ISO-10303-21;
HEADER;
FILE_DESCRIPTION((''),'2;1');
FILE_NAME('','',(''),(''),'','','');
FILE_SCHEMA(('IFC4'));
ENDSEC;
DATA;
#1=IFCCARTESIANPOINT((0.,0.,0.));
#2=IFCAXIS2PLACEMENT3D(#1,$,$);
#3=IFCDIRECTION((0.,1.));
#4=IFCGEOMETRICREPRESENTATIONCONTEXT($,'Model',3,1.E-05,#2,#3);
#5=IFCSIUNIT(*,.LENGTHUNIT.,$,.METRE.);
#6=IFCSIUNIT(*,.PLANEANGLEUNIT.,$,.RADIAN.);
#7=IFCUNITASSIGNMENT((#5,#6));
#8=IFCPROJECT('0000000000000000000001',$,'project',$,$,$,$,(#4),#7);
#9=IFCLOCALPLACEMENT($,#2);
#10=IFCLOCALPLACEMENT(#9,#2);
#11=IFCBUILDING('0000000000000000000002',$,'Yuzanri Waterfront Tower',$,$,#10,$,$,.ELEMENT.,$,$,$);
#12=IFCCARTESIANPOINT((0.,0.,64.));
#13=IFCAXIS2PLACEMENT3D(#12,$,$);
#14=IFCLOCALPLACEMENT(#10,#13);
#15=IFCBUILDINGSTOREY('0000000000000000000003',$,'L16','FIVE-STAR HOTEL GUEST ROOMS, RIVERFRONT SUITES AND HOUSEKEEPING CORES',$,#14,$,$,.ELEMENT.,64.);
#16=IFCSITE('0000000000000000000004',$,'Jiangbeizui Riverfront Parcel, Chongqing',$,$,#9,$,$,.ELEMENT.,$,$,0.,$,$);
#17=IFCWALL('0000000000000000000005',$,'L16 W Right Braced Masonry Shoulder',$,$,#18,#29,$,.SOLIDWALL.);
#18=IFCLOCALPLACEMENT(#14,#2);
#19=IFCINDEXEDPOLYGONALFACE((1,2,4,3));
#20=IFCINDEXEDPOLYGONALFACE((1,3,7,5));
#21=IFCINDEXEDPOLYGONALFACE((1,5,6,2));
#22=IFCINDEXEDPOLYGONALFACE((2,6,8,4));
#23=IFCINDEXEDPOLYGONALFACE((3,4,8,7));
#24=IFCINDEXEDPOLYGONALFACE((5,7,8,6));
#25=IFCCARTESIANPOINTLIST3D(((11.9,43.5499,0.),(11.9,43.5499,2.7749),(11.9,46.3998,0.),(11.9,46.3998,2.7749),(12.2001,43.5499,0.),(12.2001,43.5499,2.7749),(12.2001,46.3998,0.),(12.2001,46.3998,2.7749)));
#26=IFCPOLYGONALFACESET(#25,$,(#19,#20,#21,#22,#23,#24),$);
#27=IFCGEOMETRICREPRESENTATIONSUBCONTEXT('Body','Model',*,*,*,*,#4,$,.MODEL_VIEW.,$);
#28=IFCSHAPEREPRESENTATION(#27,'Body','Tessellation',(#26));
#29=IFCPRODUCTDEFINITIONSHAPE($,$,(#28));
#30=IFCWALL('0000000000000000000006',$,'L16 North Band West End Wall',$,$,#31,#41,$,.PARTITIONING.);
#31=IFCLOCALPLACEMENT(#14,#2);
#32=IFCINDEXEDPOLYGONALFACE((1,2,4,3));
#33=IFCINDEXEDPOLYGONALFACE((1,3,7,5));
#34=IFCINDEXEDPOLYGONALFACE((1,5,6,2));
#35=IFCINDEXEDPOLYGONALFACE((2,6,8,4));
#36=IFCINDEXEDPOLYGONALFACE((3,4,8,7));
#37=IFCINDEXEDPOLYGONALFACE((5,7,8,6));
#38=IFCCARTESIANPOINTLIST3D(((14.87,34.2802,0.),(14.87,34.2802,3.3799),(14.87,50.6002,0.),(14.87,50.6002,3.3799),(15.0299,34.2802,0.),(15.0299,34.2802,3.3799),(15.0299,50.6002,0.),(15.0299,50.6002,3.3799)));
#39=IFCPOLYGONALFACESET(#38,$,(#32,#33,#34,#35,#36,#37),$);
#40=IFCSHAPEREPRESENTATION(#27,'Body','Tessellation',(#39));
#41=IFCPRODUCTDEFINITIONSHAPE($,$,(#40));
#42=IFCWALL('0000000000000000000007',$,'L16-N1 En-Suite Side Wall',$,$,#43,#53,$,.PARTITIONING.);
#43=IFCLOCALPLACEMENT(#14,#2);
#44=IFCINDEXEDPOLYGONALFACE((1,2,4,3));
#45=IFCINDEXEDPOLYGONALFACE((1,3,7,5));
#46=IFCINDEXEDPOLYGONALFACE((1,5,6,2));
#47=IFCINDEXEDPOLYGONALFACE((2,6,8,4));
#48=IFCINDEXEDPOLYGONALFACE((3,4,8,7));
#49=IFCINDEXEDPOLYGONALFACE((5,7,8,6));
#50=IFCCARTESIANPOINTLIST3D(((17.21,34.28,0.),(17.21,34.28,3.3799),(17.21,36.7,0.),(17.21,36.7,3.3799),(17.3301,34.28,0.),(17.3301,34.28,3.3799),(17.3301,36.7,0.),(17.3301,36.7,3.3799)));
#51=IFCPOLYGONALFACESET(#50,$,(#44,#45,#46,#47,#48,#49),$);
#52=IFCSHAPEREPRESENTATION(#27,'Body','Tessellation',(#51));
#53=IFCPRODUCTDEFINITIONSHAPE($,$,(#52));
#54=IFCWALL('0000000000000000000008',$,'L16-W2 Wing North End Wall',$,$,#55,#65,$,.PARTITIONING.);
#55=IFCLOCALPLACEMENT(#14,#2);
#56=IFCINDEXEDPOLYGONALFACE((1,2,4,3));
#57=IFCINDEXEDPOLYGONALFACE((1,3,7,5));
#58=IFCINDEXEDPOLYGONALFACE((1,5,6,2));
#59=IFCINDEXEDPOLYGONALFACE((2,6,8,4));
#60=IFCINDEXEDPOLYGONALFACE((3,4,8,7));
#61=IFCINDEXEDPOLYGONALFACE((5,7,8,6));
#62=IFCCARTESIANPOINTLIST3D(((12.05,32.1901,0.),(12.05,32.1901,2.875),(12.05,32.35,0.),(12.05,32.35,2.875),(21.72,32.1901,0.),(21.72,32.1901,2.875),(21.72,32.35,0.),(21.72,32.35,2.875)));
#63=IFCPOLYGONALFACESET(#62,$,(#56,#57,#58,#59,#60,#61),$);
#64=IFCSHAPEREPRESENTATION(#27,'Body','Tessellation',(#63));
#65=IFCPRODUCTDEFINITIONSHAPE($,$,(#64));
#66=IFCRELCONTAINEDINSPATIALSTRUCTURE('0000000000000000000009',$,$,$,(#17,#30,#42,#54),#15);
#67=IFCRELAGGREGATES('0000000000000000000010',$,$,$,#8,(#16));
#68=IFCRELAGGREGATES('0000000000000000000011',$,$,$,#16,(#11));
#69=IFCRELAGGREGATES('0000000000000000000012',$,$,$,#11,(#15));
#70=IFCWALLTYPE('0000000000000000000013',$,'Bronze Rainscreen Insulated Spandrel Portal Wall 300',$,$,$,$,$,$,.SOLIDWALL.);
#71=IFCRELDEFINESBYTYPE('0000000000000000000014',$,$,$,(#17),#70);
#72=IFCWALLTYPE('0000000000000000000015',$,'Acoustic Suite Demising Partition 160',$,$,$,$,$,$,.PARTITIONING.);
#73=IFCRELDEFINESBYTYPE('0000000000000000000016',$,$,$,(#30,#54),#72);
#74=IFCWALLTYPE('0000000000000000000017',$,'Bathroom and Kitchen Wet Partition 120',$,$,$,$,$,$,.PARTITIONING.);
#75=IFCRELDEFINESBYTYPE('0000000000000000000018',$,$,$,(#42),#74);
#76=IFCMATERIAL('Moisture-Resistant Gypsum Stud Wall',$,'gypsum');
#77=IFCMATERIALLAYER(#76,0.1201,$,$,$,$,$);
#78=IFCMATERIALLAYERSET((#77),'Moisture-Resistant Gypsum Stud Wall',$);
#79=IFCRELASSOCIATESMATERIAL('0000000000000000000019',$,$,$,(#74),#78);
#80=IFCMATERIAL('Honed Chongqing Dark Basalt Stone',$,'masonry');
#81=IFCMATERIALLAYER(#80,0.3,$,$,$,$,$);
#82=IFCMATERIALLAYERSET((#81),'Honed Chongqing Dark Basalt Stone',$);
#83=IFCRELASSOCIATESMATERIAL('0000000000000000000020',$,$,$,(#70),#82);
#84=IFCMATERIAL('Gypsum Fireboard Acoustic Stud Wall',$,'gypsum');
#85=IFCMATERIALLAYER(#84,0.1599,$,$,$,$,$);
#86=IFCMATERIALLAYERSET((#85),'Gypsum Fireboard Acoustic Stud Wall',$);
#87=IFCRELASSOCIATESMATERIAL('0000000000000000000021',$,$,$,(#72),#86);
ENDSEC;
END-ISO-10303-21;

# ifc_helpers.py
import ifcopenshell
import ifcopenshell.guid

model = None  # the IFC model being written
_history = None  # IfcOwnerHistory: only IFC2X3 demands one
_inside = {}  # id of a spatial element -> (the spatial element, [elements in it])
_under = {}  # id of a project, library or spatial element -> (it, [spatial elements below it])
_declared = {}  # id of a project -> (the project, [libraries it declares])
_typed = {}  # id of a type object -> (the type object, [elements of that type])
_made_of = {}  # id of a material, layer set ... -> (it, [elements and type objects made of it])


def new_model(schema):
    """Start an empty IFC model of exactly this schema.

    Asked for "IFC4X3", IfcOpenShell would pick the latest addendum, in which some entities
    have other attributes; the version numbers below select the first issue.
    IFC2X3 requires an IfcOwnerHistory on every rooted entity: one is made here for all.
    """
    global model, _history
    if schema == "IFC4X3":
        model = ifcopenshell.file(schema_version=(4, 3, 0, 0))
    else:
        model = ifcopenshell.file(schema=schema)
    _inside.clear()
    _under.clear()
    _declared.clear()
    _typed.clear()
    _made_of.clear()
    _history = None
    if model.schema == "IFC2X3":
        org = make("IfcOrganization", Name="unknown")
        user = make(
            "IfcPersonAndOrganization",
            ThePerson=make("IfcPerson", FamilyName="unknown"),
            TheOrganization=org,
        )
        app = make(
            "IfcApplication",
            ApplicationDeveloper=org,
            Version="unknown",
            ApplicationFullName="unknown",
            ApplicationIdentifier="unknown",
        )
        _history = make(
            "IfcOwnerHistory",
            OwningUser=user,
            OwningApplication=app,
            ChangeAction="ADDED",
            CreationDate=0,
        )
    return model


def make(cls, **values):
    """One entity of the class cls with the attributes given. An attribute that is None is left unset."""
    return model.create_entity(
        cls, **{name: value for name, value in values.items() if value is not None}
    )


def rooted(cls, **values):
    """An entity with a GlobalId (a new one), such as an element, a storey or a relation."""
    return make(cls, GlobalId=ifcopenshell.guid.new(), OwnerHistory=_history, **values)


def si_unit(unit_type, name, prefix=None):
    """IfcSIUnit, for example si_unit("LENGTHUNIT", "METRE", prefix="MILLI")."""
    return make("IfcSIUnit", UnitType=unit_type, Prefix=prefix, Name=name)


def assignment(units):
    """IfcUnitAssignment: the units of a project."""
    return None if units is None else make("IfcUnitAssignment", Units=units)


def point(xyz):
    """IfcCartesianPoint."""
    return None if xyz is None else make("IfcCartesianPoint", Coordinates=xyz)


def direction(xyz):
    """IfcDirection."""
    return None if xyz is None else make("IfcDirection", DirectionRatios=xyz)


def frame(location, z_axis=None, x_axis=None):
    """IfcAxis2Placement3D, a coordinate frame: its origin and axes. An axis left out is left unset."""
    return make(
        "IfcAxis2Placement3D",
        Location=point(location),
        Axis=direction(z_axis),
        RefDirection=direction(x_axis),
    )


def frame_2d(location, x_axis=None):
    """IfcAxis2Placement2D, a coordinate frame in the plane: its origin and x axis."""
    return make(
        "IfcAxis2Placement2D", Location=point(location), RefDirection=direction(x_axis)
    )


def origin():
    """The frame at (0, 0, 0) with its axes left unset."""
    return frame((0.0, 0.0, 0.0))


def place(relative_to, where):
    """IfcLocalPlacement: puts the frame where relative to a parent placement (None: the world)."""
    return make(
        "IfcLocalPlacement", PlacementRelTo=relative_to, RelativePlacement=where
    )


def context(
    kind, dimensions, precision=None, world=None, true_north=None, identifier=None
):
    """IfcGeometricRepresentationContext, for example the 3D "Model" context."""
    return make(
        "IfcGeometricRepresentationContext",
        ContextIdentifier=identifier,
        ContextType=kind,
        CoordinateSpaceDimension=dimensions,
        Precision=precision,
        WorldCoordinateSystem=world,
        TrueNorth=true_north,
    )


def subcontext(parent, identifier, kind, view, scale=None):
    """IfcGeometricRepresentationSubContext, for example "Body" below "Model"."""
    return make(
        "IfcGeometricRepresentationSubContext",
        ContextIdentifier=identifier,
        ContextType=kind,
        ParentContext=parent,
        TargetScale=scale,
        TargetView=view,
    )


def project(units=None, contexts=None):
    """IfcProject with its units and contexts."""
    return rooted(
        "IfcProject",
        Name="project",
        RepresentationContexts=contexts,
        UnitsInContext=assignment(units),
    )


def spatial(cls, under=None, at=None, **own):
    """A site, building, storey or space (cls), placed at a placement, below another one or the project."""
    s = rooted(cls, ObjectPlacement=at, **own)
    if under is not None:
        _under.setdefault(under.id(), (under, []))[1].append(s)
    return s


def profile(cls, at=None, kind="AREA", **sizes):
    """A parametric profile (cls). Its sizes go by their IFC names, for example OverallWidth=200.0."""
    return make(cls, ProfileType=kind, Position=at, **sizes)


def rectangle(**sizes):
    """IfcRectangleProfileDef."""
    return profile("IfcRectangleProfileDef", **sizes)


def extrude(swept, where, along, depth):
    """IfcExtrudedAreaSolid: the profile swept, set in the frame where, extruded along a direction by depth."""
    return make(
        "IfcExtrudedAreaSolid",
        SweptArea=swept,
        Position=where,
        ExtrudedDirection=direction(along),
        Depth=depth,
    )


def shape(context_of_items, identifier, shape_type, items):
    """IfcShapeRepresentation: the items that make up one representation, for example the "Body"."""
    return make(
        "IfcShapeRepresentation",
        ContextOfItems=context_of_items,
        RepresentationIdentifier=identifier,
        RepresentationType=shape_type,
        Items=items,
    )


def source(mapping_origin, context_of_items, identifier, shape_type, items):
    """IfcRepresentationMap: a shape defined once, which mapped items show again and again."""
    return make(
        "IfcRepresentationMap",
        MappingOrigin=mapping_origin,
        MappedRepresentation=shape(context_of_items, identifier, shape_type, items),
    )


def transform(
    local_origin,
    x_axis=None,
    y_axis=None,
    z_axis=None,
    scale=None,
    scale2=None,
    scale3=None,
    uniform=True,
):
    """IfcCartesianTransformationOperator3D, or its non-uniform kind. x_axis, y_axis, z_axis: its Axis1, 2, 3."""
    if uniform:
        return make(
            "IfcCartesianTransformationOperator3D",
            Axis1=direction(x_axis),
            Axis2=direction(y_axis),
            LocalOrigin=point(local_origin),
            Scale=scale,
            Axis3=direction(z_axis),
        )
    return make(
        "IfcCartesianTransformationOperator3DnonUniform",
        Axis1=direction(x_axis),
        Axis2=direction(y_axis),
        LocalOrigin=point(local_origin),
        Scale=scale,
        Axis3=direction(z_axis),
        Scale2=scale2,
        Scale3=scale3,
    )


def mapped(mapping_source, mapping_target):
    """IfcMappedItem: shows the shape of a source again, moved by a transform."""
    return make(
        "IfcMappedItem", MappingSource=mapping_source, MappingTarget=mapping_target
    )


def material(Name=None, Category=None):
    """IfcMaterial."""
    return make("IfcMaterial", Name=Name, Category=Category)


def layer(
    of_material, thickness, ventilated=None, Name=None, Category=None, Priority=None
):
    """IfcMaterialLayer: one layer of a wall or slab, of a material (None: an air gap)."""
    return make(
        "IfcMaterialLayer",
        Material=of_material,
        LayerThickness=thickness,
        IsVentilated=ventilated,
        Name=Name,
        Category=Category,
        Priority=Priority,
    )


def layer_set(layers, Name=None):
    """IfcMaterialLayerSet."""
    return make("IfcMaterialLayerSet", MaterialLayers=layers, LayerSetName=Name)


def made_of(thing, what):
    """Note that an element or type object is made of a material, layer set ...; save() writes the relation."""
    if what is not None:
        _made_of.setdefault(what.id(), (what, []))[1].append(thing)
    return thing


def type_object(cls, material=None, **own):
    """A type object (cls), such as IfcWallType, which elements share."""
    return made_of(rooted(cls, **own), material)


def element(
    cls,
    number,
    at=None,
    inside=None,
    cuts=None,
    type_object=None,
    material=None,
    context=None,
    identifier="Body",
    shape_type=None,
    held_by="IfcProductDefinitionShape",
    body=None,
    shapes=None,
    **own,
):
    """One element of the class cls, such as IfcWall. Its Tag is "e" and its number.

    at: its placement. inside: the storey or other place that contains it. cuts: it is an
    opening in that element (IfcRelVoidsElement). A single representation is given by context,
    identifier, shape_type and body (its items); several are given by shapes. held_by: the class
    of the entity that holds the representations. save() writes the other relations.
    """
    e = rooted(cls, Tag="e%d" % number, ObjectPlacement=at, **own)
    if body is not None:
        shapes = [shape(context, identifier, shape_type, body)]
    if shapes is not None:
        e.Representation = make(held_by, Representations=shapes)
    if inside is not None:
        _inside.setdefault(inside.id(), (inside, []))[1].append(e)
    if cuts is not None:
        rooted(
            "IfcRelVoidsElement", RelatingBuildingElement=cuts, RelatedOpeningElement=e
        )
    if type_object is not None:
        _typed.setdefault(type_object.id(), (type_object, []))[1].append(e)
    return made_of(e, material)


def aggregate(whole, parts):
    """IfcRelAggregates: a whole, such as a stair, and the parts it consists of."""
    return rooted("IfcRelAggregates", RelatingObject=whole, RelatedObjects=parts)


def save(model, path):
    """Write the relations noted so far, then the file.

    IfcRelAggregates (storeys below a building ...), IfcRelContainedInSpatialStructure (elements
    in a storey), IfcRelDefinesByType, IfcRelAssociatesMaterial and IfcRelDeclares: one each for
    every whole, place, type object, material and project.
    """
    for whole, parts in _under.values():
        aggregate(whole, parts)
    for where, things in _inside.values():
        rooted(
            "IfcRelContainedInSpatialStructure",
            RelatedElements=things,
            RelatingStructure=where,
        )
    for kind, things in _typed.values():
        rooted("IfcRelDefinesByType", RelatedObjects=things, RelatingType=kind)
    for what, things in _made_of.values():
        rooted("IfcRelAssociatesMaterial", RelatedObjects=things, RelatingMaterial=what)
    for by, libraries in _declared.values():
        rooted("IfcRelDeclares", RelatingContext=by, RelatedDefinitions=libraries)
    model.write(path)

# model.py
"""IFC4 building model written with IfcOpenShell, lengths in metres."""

from ifc_helpers import new_model, si_unit, direction, frame, frame_2d, origin, place, context, subcontext, project, spatial, rectangle, extrude, source, transform, mapped, material, layer, layer_set, type_object, element, save


model = new_model("IFC4")

# Units and contexts
model_context = context("Model", 3, precision=1e-05, world=origin(), true_north=direction((0.0, 1.0)))
body_context = subcontext(model_context, "Body", "Model", "MODEL_VIEW")
ifc_project = project(units=[si_unit("LENGTHUNIT", "METRE"), si_unit("PLANEANGLEUNIT", "RADIAN")], contexts=[model_context])

# Site, building, storey
site_placement = place(None, origin())
site = spatial("IfcSite", under=ifc_project, at=site_placement, Name="Jiangbeizui Riverfront Parcel, Chongqing", CompositionType="ELEMENT", RefElevation=0.0)
building_placement = place(site_placement, origin())
building = spatial("IfcBuilding", under=site, at=building_placement, Name="Yuzanri Waterfront Tower", CompositionType="ELEMENT")
storey_placement = place(building_placement, frame((0.0, 0.0, 64.0)))
storey = spatial("IfcBuildingStorey", under=building, at=storey_placement, Name="L16", Description="FIVE-STAR HOTEL GUEST ROOMS, RIVERFRONT SUITES AND HOUSEKEEPING CORES", CompositionType="ELEMENT", Elevation=64.0)

# Shared definitions
ifc_material_1 = material(Name="Moisture-Resistant Gypsum Stud Wall", Category="gypsum")
ifc_layer_1 = layer(ifc_material_1, 0.1201)
ifc_layer_set_1 = layer_set([ifc_layer_1], Name="Moisture-Resistant Gypsum Stud Wall")
wall_type_1 = type_object("IfcWallType", Name="Bathroom and Kitchen Wet Partition 120", PredefinedType="PARTITIONING", material=ifc_layer_set_1)

# Shared definitions
ifc_material_2 = material(Name="Honed Chongqing Dark Basalt Stone", Category="masonry")
ifc_layer_2 = layer(ifc_material_2, 0.3)
ifc_layer_set_2 = layer_set([ifc_layer_2], Name="Honed Chongqing Dark Basalt Stone")
wall_type_2 = type_object("IfcWallType", Name="Bronze Rainscreen Insulated Spandrel Portal Wall 300", PredefinedType="SOLIDWALL", material=ifc_layer_set_2)

# Walls
shared_shape_1 = source(origin(), body_context, "Body", "SweptSolid", [
    extrude(rectangle(XDim=2.8499, YDim=0.3, at=frame_2d((1.4248, 0.0))), origin(), (0.0, 0.0, 1.0), 2.7749),
])
wall_1_placement = place(storey_placement, frame((12.05, 43.55, 0.0), z_axis=(0.0, 0.0, 1.0), x_axis=(0.0, 1.0, 0.0)))
element("IfcWall", 1, at=wall_1_placement, inside=storey, type_object=wall_type_2, Name="L16 W Right Braced Masonry Shoulder", PredefinedType="SOLIDWALL", context=body_context, shape_type="MappedRepresentation", body=[
    mapped(shared_shape_1, transform((0.0, 0.0, 0.0), scale=1.0)),
])
ifc_material_3 = material(Name="Gypsum Fireboard Acoustic Stud Wall", Category="gypsum")
ifc_layer_3 = layer(ifc_material_3, 0.1599)
ifc_layer_set_3 = layer_set([ifc_layer_3], Name="Gypsum Fireboard Acoustic Stud Wall")
wall_type_3 = type_object("IfcWallType", Name="Acoustic Suite Demising Partition 160", PredefinedType="PARTITIONING", material=ifc_layer_set_3)
shared_shape_2 = source(origin(), body_context, "Body", "SweptSolid", [
    extrude(rectangle(XDim=16.3201, YDim=0.1599, at=frame_2d((8.1602, 0.0))), origin(), (0.0, 0.0, 1.0), 3.3799),
])
wall_2_placement = place(storey_placement, frame((14.95, 34.28, 0.0), z_axis=(0.0, 0.0, 1.0), x_axis=(0.0, 1.0, 0.0)))
element("IfcWall", 2, at=wall_2_placement, inside=storey, type_object=wall_type_3, Name="L16 North Band West End Wall", PredefinedType="PARTITIONING", context=body_context, shape_type="MappedRepresentation", body=[
    mapped(shared_shape_2, transform((0.0, 0.0, 0.0), scale=1.0)),
])
shared_shape_3 = source(origin(), body_context, "Body", "SweptSolid", [
    extrude(rectangle(XDim=2.4199, YDim=0.1201, at=frame_2d((1.21, 0.0))), origin(), (0.0, 0.0, 1.0), 3.3799),
])
wall_3_placement = place(storey_placement, frame((17.27, 34.28, 0.0), z_axis=(0.0, 0.0, 1.0), x_axis=(0.0, 1.0, 0.0)))
element("IfcWall", 3, at=wall_3_placement, inside=storey, type_object=wall_type_1, Name="L16-N1 En-Suite Side Wall", PredefinedType="PARTITIONING", context=body_context, shape_type="MappedRepresentation", body=[
    mapped(shared_shape_3, transform((0.0, 0.0, 0.0), scale=1.0)),
])
shared_shape_4 = source(origin(), body_context, "Body", "SweptSolid", [
    extrude(rectangle(XDim=9.6699, YDim=0.1599, at=frame_2d((4.835, 0.0))), origin(), (0.0, 0.0, 1.0), 2.875),
])
wall_4_placement = place(storey_placement, frame((12.05, 32.27, 0.0), z_axis=(0.0, 0.0, 1.0), x_axis=(1.0, 0.0, 0.0)))
element("IfcWall", 4, at=wall_4_placement, inside=storey, type_object=wall_type_3, Name="L16-W2 Wing North End Wall", PredefinedType="PARTITIONING", context=body_context, shape_type="MappedRepresentation", body=[
    mapped(shared_shape_4, transform((0.0, 0.0, 0.0), scale=1.0)),
])

save(model, "model.ifc")
